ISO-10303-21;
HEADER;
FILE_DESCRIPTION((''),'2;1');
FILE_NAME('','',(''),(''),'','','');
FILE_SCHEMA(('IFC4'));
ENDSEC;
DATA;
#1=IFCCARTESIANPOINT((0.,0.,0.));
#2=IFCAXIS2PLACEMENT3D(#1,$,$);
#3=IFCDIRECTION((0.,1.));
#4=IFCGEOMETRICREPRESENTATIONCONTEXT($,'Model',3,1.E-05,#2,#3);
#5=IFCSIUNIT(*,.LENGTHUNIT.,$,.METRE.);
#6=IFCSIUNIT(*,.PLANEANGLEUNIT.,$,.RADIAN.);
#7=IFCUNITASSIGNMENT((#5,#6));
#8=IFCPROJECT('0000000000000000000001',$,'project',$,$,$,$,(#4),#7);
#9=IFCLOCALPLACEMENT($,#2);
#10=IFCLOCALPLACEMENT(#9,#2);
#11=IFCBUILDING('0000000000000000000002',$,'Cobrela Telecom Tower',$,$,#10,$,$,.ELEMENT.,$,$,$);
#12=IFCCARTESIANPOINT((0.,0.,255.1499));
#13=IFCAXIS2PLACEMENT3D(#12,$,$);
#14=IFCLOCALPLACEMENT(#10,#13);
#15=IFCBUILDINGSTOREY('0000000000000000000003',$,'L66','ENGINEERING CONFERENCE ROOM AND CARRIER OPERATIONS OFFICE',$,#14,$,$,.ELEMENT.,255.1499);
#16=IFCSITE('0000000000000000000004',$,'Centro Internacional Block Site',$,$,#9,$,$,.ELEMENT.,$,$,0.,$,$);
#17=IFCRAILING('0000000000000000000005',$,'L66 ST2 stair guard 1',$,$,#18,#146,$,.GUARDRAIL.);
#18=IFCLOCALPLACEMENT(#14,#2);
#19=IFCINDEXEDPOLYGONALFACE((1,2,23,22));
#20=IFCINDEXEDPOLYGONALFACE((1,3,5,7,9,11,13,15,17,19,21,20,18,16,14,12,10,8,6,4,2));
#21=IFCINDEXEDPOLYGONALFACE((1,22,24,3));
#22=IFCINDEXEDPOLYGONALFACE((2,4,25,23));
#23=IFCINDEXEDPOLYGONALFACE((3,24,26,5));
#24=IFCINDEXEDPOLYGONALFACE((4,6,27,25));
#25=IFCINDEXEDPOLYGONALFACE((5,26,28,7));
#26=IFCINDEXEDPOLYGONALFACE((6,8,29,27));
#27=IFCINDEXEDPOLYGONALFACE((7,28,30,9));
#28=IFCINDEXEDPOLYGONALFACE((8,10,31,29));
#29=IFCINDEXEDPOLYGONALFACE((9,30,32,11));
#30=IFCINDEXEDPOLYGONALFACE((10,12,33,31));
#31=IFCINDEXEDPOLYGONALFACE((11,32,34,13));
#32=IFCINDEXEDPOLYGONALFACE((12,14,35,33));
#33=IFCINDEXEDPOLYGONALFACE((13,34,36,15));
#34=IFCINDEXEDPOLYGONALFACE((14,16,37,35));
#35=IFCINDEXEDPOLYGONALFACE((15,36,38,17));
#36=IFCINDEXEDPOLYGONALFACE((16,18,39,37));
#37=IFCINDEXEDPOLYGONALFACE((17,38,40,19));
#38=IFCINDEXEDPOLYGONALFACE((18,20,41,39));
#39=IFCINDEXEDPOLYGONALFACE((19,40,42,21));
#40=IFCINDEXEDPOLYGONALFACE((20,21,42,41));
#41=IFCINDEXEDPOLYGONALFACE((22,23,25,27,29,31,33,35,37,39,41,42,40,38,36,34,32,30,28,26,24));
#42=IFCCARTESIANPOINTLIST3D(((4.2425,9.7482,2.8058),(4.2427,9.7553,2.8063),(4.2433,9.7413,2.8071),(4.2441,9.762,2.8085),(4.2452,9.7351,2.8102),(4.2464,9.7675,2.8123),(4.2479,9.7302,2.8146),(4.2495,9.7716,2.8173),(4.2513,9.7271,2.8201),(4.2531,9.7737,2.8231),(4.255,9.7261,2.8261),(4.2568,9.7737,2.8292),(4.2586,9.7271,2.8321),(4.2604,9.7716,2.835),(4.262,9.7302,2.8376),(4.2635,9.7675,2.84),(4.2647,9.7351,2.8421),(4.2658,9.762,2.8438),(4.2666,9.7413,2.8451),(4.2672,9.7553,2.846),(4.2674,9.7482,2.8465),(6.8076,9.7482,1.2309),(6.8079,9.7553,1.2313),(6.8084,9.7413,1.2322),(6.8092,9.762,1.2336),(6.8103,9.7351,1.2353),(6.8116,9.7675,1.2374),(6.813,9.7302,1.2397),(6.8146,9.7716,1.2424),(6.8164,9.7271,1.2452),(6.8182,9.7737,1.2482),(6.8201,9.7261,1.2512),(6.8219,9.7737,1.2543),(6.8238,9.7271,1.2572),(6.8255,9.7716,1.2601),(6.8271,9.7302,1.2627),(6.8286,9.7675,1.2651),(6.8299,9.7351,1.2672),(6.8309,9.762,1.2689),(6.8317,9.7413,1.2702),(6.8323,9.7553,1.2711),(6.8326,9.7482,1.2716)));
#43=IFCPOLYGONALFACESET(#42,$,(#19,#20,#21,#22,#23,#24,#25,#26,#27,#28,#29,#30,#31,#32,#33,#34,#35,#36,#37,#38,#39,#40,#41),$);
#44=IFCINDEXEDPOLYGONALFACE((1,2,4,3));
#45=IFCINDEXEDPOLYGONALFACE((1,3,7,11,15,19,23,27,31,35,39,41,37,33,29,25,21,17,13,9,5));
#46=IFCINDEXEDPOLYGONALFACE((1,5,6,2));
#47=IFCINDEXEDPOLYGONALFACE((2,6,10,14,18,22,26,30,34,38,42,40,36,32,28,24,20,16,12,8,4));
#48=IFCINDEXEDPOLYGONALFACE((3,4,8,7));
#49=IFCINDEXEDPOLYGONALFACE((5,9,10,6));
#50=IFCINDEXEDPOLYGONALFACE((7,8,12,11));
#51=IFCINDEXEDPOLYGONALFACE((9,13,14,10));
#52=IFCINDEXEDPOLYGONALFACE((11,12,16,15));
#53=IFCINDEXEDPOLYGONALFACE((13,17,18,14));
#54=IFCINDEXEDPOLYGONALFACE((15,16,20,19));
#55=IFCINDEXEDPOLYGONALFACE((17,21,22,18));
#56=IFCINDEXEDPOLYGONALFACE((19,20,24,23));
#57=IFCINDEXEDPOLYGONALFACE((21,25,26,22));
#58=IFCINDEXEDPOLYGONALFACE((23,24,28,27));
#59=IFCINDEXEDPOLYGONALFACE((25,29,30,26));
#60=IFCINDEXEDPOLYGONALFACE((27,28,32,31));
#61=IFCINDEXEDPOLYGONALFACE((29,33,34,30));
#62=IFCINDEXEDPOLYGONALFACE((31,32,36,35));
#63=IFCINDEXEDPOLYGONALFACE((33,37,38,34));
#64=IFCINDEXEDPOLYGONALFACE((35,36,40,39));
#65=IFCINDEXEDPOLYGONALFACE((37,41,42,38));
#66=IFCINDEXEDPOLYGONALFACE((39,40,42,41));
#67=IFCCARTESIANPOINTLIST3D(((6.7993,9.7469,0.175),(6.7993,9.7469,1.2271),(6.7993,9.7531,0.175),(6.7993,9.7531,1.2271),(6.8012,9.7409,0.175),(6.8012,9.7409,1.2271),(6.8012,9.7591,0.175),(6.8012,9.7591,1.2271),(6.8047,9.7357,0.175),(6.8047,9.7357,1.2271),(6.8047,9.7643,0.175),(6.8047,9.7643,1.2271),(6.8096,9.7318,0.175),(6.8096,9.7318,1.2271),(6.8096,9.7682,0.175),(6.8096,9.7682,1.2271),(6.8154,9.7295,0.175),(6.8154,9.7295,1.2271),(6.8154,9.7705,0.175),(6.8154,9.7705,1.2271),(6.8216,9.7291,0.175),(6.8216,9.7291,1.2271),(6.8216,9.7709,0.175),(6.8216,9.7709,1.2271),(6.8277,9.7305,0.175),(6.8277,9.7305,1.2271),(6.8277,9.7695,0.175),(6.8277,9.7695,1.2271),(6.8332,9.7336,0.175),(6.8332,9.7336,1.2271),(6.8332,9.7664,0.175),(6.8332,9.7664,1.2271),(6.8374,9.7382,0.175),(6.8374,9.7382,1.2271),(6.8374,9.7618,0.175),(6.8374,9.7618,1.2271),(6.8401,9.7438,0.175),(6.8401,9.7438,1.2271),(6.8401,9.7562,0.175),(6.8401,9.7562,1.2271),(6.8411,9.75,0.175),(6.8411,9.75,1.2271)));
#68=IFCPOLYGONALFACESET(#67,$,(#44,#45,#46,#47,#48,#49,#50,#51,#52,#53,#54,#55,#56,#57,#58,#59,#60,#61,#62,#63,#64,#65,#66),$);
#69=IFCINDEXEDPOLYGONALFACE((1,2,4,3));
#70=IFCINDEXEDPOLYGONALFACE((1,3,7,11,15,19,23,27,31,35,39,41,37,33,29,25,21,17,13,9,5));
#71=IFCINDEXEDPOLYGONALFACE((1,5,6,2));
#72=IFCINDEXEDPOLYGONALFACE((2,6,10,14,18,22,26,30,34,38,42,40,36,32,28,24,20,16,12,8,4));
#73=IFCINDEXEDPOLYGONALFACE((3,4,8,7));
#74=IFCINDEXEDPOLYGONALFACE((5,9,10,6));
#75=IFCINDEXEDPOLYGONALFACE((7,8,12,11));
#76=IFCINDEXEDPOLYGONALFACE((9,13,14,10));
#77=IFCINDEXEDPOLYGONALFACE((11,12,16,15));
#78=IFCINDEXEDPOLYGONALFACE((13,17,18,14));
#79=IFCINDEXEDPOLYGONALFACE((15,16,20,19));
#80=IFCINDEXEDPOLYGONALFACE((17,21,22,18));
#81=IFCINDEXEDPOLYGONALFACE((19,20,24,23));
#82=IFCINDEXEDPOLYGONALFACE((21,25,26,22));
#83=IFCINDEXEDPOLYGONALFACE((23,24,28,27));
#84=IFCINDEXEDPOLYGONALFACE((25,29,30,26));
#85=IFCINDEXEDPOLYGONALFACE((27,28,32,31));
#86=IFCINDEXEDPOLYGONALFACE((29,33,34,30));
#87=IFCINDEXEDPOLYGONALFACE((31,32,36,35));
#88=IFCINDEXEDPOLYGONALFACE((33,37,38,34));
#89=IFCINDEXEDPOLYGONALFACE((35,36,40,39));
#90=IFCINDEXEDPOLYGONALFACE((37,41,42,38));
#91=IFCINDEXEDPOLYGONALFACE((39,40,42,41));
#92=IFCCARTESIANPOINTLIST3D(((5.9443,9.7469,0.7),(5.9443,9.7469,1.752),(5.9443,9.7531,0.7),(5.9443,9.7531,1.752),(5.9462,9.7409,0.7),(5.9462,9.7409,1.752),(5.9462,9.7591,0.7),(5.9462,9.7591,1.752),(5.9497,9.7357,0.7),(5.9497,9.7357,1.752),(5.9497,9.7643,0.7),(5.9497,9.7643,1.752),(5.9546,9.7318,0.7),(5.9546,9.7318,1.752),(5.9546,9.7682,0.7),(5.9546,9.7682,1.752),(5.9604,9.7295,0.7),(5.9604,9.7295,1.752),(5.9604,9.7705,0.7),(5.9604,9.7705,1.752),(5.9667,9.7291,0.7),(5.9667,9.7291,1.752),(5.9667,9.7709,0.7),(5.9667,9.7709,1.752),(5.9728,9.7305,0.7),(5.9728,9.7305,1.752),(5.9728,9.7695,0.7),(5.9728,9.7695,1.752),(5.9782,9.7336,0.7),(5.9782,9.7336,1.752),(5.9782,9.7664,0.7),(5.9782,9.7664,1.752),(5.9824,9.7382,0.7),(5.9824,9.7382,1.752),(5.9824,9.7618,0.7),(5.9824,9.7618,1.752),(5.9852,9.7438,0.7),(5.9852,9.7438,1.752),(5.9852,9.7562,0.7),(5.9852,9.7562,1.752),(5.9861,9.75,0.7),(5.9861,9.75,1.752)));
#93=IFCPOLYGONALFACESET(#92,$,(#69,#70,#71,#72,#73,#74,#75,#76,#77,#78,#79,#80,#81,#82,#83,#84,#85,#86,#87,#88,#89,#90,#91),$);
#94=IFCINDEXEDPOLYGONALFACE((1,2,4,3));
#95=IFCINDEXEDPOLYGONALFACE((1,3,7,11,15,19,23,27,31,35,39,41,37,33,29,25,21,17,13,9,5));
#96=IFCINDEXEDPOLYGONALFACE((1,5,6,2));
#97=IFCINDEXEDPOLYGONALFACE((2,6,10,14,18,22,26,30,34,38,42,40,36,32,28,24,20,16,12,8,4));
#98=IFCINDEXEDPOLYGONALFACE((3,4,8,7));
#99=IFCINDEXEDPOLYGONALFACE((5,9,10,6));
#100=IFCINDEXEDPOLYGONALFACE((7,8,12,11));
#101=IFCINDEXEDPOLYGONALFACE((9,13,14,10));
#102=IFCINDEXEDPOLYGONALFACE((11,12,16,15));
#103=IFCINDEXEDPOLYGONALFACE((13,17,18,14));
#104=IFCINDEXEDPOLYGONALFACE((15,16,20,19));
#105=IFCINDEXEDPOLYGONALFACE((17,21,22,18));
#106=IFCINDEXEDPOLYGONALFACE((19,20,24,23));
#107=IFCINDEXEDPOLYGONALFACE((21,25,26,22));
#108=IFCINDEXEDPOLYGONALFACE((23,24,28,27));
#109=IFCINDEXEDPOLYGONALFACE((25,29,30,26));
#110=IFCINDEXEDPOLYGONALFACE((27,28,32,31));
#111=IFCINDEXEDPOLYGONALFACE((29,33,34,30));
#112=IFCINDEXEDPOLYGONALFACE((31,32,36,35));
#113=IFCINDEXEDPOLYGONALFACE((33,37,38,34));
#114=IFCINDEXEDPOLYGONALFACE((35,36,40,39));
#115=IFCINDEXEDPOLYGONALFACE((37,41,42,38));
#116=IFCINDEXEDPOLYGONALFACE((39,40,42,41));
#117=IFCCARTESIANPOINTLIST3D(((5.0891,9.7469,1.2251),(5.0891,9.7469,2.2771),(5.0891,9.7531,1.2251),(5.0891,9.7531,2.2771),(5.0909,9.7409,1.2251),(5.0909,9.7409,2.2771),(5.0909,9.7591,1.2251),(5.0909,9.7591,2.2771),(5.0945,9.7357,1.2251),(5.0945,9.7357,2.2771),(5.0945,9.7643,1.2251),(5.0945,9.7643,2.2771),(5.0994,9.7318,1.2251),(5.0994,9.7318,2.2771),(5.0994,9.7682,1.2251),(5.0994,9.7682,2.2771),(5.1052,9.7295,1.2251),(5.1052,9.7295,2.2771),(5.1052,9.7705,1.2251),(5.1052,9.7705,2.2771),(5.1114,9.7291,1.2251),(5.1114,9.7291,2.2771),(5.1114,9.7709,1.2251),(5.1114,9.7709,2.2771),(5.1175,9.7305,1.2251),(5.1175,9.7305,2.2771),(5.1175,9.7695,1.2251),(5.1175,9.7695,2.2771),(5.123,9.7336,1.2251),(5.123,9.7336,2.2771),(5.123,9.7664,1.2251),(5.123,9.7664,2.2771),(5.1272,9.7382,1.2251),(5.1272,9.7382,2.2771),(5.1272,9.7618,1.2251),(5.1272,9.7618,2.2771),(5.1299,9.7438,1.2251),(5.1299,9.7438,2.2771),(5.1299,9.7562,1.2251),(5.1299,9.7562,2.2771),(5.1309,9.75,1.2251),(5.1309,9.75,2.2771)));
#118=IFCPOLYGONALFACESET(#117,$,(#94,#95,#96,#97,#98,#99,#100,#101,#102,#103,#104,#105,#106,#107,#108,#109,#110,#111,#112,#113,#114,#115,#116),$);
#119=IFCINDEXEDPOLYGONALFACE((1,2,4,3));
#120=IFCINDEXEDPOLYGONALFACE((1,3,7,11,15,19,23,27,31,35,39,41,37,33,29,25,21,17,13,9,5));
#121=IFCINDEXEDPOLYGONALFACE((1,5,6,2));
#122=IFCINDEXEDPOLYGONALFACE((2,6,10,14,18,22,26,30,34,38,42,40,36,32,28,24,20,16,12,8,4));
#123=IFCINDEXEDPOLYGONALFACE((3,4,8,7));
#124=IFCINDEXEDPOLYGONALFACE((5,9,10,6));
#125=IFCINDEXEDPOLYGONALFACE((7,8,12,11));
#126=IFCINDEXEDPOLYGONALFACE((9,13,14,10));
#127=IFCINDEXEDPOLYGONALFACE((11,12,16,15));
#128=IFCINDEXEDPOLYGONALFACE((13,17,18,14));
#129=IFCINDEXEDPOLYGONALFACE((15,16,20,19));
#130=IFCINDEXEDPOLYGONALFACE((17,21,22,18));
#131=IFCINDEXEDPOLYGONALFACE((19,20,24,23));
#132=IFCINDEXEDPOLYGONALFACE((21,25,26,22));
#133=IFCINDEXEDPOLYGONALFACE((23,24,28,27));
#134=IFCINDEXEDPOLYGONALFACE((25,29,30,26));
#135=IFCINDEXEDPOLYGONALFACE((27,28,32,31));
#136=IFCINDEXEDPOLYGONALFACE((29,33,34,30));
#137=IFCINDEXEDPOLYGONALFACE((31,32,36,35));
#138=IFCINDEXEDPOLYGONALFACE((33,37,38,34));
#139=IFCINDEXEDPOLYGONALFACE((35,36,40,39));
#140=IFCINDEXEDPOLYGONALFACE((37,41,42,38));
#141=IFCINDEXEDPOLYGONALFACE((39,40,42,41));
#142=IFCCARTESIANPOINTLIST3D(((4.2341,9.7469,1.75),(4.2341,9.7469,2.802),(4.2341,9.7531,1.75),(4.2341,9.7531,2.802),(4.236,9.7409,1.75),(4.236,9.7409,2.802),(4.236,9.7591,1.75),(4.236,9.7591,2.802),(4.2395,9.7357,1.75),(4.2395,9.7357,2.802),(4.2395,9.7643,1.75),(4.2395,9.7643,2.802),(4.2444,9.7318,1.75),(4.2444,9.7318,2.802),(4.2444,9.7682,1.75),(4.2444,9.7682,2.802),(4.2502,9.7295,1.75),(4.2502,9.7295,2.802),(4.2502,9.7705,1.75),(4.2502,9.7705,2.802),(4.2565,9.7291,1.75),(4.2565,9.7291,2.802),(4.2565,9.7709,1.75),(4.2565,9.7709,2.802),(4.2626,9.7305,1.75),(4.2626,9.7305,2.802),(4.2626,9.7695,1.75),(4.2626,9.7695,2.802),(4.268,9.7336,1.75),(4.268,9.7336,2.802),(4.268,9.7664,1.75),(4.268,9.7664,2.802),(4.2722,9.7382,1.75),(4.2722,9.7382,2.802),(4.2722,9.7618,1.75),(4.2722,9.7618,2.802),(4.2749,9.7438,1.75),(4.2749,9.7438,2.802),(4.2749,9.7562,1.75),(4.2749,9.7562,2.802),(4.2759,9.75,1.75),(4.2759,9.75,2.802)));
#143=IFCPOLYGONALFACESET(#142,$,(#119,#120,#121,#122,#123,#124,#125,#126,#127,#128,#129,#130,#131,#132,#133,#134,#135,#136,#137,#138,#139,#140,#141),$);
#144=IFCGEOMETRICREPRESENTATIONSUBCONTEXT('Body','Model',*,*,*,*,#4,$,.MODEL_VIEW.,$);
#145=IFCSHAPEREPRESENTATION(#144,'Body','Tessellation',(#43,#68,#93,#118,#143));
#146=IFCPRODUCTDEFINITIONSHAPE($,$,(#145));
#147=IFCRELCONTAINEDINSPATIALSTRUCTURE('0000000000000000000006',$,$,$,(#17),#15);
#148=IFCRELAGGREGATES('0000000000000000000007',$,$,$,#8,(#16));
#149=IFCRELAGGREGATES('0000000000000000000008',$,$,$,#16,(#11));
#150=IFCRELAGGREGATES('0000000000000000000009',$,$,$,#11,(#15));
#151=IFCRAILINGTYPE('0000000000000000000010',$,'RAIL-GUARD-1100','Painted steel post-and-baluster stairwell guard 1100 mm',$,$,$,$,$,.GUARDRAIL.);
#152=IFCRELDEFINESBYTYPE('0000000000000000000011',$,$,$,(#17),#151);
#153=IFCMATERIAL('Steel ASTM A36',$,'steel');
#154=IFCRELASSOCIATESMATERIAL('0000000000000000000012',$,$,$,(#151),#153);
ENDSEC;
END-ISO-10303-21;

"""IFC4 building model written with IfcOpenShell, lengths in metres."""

from ifc_helpers import new_model, si_unit, direction, frame, origin, origin_2d, place, context, subcontext, project, spatial, circle, extrude, material, type_object, element, save


model = new_model("IFC4")

# Units and contexts
model_context = context("Model", 3, precision=1e-05, world=origin(), true_north=direction((0.0, 1.0)))
body_context = subcontext(model_context, "Body", "Model", "MODEL_VIEW")
ifc_project = project(units=[si_unit("LENGTHUNIT", "METRE"), si_unit("PLANEANGLEUNIT", "RADIAN")], contexts=[model_context])

# Site, building, storey
site_placement = place(None, origin())
site = spatial("IfcSite", under=ifc_project, at=site_placement, Name="Centro Internacional Block Site", CompositionType="ELEMENT", RefElevation=0.0)
building_placement = place(site_placement, origin())
building = spatial("IfcBuilding", under=site, at=building_placement, Name="Cobrela Telecom Tower", CompositionType="ELEMENT")
storey_placement = place(building_placement, frame((0.0, 0.0, 255.1499)))
storey = spatial("IfcBuildingStorey", under=building, at=storey_placement, Name="L66", Description="ENGINEERING CONFERENCE ROOM AND CARRIER OPERATIONS OFFICE", CompositionType="ELEMENT", Elevation=255.1499)

# Railing
ifc_material_1 = material(Name="Steel ASTM A36", Category="steel")
railing_type_1 = type_object("IfcRailingType", Name="RAIL-GUARD-1100", Description="Painted steel post-and-baluster stairwell guard 1100 mm", PredefinedType="GUARDRAIL", material=ifc_material_1)
railing_1_placement = place(storey_placement, frame((6.8201, 9.75, 0.175)))
element("IfcRailing", 1, at=railing_1_placement, inside=storey, type_object=railing_type_1, Name="L66 ST2 stair guard 1", PredefinedType="GUARDRAIL", context=body_context, shape_type="SweptSolid", body=[
    extrude(circle(Radius=0.0239, at=origin_2d()), frame((0.0, 0.0, 1.0762), z_axis=(-0.852195, 0.0, 0.523224), x_axis=(0.0, -1.0, 0.0)), (0.0, 0.0, 1.0), 3.01),
    extrude(circle(Radius=0.021, at=origin_2d()), origin(), (0.0, 0.0, 1.0), 1.052),
    extrude(circle(Radius=0.021, at=origin_2d()), frame((-0.855, 0.0, 0.5249)), (0.0, 0.0, 1.0), 1.052),
    extrude(circle(Radius=0.021, at=origin_2d()), frame((-1.7102, 0.0, 1.05)), (0.0, 0.0, 1.0), 1.052),
    extrude(circle(Radius=0.021, at=origin_2d()), frame((-2.5652, 0.0, 1.575)), (0.0, 0.0, 1.0), 1.052),
])

save(model, "model.ifc")
